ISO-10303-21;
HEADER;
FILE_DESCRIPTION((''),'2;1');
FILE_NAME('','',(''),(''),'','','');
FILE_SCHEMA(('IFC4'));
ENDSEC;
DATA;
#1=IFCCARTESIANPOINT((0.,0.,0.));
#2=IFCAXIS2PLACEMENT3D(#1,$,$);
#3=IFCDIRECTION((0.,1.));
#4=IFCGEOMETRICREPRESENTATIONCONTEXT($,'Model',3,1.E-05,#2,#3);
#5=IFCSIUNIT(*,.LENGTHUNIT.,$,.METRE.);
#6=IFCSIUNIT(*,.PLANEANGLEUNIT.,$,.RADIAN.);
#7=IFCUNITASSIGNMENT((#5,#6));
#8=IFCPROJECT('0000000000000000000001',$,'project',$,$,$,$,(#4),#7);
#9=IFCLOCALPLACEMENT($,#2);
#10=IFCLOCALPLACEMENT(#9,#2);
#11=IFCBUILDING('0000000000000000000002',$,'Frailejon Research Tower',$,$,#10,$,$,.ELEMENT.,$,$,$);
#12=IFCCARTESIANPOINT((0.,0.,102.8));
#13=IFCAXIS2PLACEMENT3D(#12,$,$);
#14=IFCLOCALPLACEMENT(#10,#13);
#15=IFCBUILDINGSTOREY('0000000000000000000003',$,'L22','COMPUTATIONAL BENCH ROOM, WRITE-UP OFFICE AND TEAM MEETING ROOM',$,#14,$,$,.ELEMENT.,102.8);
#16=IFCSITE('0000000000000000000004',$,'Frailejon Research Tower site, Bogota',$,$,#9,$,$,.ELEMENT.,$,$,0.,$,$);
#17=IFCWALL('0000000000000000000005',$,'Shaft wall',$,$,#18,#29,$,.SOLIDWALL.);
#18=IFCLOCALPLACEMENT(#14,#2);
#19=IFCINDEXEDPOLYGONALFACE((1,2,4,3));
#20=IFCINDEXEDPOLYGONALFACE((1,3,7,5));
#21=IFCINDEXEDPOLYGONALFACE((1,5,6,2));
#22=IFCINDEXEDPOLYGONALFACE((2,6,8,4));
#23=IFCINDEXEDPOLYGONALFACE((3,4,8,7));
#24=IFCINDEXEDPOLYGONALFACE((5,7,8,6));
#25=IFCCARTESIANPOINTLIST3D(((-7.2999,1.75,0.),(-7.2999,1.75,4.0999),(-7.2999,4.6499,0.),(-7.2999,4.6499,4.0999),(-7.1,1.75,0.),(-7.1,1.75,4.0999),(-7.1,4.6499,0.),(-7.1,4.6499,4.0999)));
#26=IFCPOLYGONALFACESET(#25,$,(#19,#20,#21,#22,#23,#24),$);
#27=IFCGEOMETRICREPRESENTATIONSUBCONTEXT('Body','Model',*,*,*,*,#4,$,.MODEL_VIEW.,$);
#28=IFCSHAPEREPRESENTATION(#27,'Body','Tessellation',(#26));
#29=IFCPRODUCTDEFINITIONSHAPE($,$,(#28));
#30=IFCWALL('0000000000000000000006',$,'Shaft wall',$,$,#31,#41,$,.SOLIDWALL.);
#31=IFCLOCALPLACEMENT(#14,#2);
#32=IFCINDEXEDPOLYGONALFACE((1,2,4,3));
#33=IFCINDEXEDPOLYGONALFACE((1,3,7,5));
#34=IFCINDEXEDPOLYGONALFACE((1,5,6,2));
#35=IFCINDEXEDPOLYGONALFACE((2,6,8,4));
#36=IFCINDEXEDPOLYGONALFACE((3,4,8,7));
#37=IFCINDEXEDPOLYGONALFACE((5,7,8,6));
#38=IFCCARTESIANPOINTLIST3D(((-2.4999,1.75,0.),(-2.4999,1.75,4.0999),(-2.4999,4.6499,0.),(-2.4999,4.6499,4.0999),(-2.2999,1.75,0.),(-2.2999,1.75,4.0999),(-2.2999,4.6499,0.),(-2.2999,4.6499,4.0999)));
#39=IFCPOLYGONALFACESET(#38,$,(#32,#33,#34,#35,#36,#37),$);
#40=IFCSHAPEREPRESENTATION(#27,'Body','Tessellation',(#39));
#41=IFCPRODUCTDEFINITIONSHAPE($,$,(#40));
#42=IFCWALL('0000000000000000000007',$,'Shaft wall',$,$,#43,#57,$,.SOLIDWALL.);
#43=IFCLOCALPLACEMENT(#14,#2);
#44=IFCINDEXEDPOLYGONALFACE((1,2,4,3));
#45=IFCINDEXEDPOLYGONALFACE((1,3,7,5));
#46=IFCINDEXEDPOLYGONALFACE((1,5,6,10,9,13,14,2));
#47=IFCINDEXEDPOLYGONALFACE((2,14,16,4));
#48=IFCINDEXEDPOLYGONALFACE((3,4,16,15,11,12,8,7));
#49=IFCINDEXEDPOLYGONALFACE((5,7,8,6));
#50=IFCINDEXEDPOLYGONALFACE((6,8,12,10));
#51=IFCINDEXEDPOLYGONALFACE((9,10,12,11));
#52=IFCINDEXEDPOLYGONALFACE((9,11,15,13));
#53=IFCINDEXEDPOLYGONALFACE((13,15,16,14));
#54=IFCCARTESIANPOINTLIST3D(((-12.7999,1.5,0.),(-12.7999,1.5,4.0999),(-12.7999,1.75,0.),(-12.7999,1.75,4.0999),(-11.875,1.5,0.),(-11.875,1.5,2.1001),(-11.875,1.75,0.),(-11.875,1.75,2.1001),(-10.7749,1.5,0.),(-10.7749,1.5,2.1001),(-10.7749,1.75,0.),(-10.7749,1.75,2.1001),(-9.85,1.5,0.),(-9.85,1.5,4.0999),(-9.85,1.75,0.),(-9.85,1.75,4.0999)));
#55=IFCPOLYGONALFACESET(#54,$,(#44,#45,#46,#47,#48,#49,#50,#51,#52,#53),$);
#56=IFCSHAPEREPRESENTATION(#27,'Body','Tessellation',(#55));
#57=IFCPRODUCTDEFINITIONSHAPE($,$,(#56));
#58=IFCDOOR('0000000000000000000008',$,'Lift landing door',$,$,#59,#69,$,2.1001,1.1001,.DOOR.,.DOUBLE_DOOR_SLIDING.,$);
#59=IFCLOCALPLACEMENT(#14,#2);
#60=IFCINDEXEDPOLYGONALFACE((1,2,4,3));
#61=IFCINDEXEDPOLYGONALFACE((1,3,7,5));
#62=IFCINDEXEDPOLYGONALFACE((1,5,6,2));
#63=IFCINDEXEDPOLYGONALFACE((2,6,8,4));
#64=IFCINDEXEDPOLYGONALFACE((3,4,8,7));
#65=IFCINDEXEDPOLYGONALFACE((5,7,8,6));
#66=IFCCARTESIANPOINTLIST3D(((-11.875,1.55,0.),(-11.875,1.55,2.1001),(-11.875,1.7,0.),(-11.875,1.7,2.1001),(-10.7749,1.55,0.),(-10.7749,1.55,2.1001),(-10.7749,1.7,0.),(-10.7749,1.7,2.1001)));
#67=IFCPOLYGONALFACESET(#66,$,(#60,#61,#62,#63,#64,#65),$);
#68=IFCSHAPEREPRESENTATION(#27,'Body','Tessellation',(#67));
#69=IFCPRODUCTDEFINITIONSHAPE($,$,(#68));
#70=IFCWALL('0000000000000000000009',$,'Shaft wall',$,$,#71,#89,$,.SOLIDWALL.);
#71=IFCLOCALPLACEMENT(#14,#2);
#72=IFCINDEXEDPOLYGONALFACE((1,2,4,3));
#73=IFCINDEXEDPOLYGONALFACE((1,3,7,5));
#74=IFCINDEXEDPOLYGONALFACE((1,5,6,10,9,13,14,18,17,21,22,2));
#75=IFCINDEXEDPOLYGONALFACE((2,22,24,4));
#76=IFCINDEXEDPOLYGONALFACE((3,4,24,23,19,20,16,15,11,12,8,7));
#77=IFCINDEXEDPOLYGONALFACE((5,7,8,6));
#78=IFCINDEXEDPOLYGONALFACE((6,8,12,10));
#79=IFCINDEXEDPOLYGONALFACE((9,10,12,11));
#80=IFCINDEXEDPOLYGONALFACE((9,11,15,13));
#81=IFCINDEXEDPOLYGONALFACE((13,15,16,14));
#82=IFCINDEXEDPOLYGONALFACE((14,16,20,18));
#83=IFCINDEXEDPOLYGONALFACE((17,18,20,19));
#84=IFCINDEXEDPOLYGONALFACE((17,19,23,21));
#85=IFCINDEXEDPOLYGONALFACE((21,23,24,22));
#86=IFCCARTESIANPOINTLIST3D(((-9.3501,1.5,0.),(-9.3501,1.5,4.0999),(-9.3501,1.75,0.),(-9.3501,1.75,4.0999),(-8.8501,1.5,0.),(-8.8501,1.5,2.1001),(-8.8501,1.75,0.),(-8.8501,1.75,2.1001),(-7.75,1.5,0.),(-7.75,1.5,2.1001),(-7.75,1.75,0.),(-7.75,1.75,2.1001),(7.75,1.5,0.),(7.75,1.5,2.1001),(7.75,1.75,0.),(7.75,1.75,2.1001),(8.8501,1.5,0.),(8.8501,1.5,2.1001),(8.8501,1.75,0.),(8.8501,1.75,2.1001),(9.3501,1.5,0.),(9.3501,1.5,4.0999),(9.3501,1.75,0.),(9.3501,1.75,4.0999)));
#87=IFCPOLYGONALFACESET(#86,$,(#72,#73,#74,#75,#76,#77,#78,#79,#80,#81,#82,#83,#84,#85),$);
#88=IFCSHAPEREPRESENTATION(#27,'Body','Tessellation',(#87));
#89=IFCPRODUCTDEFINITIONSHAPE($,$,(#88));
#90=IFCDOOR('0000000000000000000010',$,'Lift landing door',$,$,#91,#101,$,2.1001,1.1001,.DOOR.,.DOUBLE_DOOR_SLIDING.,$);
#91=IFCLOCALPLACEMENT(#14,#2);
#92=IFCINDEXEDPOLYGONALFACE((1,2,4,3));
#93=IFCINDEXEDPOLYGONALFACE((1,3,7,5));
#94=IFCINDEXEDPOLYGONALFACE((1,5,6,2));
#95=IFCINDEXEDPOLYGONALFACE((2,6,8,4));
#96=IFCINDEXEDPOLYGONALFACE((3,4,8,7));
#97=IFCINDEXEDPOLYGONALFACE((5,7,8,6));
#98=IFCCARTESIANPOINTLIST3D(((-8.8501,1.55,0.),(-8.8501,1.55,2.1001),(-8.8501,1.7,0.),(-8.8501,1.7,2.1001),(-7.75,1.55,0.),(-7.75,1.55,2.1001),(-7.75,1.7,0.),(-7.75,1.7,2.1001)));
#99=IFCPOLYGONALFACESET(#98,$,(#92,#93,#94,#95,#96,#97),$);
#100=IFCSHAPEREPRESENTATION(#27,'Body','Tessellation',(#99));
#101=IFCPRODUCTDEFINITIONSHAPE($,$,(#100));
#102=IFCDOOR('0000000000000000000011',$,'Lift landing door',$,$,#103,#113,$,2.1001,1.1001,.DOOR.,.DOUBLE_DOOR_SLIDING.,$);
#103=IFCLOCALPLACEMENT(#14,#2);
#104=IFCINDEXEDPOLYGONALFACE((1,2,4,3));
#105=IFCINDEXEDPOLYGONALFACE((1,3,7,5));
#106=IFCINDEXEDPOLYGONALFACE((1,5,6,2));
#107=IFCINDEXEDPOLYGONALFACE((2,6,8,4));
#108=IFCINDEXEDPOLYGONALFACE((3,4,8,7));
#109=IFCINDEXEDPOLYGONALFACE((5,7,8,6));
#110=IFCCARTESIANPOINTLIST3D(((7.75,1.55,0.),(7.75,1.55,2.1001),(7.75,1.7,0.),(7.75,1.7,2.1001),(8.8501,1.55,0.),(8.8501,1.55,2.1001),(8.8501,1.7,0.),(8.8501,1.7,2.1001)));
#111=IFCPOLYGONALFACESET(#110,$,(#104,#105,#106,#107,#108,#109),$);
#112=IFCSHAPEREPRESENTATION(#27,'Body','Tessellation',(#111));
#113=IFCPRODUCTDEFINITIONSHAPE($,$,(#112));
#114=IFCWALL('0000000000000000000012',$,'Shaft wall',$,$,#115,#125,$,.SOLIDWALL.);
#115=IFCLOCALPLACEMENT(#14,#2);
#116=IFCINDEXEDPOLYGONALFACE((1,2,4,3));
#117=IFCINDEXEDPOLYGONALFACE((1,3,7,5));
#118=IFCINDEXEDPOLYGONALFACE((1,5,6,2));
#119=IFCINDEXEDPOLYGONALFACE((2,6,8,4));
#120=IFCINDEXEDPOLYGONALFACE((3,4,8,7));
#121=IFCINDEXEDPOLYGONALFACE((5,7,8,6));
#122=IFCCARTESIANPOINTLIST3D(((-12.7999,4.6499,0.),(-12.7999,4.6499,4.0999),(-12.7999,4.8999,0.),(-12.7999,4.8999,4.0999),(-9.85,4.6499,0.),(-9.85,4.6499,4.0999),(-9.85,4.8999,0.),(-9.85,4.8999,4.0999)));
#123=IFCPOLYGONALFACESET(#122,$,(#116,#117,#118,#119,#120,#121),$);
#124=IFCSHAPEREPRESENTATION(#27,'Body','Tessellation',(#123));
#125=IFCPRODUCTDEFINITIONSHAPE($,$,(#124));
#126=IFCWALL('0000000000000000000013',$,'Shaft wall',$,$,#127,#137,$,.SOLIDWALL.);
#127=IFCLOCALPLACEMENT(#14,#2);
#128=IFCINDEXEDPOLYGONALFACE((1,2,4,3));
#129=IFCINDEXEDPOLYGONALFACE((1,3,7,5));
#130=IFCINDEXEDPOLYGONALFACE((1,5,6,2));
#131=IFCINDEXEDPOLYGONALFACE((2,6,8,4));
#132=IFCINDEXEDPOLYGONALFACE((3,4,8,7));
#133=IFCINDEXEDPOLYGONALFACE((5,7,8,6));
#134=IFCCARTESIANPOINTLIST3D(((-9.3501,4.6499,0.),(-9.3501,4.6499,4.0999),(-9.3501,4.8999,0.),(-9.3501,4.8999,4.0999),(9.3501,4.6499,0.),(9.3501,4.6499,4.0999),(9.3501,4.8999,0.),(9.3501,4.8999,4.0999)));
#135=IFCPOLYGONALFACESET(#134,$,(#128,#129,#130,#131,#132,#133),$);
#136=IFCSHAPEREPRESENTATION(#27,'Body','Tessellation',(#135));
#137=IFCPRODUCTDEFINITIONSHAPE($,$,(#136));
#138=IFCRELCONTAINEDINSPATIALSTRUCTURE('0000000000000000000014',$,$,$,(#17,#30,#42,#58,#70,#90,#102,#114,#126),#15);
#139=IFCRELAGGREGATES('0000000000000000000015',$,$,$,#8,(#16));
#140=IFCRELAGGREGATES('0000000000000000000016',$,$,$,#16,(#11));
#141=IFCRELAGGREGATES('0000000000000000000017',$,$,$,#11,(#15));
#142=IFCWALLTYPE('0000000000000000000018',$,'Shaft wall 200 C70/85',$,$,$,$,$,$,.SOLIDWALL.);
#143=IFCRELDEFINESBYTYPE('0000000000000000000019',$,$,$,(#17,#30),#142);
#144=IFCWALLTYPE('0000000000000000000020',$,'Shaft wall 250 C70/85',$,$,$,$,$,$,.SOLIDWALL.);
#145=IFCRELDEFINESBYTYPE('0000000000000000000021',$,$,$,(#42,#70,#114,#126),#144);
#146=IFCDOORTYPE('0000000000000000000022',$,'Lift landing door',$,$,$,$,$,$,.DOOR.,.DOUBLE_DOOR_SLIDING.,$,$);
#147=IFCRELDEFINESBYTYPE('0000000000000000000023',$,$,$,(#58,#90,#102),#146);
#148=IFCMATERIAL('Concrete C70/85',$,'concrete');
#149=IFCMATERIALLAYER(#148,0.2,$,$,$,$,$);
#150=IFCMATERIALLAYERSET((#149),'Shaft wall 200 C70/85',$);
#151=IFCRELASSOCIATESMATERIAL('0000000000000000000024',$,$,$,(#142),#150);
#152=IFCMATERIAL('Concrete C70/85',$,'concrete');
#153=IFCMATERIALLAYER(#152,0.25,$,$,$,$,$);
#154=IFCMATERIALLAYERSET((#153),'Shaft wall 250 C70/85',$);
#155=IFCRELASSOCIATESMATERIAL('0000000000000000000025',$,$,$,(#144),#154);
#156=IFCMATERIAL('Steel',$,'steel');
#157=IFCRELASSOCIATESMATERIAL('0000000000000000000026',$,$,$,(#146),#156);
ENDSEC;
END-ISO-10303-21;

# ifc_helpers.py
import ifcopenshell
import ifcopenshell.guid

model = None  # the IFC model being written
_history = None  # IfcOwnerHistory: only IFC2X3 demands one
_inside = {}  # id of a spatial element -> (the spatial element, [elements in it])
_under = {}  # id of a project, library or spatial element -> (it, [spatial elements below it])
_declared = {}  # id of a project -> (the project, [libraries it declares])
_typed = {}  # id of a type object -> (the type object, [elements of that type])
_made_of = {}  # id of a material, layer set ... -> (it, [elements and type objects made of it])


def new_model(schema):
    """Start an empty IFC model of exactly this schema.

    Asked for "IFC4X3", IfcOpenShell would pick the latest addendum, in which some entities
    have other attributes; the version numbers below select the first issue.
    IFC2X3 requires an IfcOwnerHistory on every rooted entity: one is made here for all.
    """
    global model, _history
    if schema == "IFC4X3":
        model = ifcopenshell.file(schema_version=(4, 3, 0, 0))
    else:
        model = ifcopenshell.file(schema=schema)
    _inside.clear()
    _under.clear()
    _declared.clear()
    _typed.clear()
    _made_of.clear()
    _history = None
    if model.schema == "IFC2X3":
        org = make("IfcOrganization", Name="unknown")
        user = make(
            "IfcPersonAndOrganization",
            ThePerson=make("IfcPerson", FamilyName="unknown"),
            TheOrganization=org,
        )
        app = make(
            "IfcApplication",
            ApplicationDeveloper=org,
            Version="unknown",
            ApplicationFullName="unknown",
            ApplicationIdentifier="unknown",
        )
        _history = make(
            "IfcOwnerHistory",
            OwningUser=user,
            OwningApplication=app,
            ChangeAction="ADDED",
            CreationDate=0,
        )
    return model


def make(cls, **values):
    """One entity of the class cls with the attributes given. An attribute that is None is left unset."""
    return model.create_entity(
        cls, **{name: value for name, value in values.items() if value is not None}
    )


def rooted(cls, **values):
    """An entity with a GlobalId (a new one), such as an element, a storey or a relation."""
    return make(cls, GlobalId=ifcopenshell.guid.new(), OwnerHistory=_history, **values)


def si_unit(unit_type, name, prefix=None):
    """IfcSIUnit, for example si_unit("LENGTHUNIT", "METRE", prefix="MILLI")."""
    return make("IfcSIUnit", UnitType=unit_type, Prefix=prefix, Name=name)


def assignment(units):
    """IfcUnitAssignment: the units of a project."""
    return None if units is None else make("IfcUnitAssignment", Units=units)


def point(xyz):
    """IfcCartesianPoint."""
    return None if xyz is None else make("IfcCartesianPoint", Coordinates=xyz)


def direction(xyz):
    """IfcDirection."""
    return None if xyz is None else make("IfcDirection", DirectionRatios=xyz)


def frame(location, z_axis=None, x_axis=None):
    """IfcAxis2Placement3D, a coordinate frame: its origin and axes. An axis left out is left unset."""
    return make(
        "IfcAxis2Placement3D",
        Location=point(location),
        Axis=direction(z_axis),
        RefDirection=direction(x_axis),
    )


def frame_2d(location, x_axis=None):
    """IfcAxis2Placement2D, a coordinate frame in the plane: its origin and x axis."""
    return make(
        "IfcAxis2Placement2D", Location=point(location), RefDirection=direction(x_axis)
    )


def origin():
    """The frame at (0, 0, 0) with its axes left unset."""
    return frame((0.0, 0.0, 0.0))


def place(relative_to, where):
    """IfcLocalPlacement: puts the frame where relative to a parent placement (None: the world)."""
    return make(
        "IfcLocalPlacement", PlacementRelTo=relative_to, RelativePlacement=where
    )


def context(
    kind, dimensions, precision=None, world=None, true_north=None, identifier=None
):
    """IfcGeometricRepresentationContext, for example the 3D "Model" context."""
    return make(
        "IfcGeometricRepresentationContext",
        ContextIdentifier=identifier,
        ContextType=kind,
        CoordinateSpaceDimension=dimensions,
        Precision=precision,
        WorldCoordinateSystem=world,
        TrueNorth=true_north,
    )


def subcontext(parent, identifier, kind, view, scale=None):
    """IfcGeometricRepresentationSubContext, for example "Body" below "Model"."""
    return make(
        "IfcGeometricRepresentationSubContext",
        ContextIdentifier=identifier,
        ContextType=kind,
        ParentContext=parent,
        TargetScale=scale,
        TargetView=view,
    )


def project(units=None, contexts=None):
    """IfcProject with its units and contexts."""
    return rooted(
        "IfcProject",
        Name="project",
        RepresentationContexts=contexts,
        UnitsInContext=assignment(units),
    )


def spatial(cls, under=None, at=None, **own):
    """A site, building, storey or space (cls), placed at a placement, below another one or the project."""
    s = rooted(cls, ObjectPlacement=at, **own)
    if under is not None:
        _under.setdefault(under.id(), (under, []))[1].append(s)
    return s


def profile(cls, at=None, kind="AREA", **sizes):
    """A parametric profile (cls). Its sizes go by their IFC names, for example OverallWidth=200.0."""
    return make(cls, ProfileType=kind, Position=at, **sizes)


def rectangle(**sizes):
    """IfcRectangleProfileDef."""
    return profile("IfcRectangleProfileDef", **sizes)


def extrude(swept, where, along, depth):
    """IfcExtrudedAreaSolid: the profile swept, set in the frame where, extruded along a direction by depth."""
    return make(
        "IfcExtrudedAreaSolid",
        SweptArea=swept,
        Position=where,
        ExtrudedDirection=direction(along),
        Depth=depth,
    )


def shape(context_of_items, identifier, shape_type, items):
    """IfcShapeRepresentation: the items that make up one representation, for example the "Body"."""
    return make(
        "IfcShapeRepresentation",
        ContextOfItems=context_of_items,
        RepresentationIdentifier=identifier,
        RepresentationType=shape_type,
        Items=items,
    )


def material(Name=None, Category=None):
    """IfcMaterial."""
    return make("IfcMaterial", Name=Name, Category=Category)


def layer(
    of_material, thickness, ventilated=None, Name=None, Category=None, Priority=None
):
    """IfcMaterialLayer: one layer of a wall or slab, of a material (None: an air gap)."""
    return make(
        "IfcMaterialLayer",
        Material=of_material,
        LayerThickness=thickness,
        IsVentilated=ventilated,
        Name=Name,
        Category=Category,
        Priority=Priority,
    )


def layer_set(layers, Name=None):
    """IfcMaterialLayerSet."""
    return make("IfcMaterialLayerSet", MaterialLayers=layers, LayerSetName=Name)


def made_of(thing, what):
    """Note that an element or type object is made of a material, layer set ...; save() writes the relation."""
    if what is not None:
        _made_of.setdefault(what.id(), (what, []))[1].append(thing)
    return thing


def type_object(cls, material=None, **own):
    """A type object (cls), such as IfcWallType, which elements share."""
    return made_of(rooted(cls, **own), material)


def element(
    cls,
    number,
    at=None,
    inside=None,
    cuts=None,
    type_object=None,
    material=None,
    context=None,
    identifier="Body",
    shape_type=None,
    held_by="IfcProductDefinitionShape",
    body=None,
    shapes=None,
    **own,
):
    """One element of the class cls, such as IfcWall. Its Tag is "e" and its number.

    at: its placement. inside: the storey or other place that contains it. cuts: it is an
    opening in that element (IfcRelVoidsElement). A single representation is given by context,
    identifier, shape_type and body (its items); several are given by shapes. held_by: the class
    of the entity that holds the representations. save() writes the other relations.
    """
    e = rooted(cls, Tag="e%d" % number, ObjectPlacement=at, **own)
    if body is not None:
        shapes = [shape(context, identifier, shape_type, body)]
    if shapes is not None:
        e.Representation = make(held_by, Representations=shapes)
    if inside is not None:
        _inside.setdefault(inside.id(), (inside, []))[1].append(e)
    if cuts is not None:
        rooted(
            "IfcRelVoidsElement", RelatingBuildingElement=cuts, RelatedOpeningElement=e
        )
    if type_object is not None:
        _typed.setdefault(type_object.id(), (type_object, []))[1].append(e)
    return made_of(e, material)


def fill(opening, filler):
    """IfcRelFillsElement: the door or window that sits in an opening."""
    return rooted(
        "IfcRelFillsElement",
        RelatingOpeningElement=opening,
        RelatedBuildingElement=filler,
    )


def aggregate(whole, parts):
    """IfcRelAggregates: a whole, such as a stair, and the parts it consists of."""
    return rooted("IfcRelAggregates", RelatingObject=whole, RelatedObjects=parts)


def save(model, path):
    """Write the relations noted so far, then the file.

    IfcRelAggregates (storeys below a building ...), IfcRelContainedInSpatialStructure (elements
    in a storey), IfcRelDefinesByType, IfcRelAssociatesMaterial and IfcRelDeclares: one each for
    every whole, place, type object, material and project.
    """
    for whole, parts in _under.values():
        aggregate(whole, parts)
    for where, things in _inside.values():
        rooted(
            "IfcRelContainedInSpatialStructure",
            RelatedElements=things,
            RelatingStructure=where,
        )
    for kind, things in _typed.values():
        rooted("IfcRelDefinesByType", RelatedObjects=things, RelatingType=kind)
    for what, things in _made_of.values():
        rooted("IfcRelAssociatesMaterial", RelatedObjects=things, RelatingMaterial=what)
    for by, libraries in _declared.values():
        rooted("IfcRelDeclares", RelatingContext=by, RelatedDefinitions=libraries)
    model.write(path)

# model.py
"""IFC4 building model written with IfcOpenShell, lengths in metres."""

from ifc_helpers import new_model, si_unit, direction, frame, frame_2d, origin, place, context, subcontext, project, spatial, rectangle, extrude, material, layer, layer_set, type_object, element, fill, save


model = new_model("IFC4")

# Units and contexts
model_context = context("Model", 3, precision=1e-05, world=origin(), true_north=direction((0.0, 1.0)))
body_context = subcontext(model_context, "Body", "Model", "MODEL_VIEW")
ifc_project = project(units=[si_unit("LENGTHUNIT", "METRE"), si_unit("PLANEANGLEUNIT", "RADIAN")], contexts=[model_context])

# Site, building, storey
site_placement = place(None, origin())
site = spatial("IfcSite", under=ifc_project, at=site_placement, Name="Frailejon Research Tower site, Bogota", CompositionType="ELEMENT", RefElevation=0.0)
building_placement = place(site_placement, origin())
building = spatial("IfcBuilding", under=site, at=building_placement, Name="Frailejon Research Tower", CompositionType="ELEMENT")
storey_placement = place(building_placement, frame((0.0, 0.0, 102.8)))
storey = spatial("IfcBuildingStorey", under=building, at=storey_placement, Name="L22", Description="COMPUTATIONAL BENCH ROOM, WRITE-UP OFFICE AND TEAM MEETING ROOM", CompositionType="ELEMENT", Elevation=102.8)

# Walls
ifc_material_1 = material(Name="Concrete C70/85", Category="concrete")
ifc_layer_1 = layer(ifc_material_1, 0.2)
ifc_layer_set_1 = layer_set([ifc_layer_1], Name="Shaft wall 200 C70/85")
wall_type_1 = type_object("IfcWallType", Name="Shaft wall 200 C70/85", PredefinedType="SOLIDWALL", material=ifc_layer_set_1)
for number, where, z_axis, x_axis, name in (
    (1, (-7.2, 1.75, 0.0), (0.0, 0.0, 1.0), (0.0, 1.0, 0.0), "Shaft wall"),
    (2, (-2.3999, 1.75, 0.0), (0.0, 0.0, 1.0), (0.0, 1.0, 0.0), "Shaft wall"),
):
    element("IfcWall", number, at=place(storey_placement, frame(where, z_axis=z_axis, x_axis=x_axis)), inside=storey, type_object=wall_type_1, Name=name, PredefinedType="SOLIDWALL", context=body_context, shape_type="SweptSolid", body=[
        extrude(rectangle(XDim=2.8999, YDim=0.2, at=frame_2d((1.45, 0.0))), origin(), (0.0, 0.0, 1.0), 4.0999),
    ])

# Wall, opening, door
ifc_material_2 = material(Name="Concrete C70/85", Category="concrete")
ifc_layer_2 = layer(ifc_material_2, 0.25)
ifc_layer_set_2 = layer_set([ifc_layer_2], Name="Shaft wall 250 C70/85")
wall_type_2 = type_object("IfcWallType", Name="Shaft wall 250 C70/85", PredefinedType="SOLIDWALL", material=ifc_layer_set_2)
wall_1_placement = place(storey_placement, frame((-12.8, 1.625, 0.0), z_axis=(0.0, 0.0, 1.0), x_axis=(1.0, 0.0, 0.0)))
wall_1 = element("IfcWall", 3, at=wall_1_placement, inside=storey, type_object=wall_type_2, Name="Shaft wall", PredefinedType="SOLIDWALL", context=body_context, shape_type="SweptSolid", body=[
    extrude(rectangle(XDim=2.95, YDim=0.25, at=frame_2d((1.4751, 0.0))), origin(), (0.0, 0.0, 1.0), 4.0999),
])
opening_1_placement = place(wall_1_placement, frame((0.925, 0.0, 0.0)))
opening_1 = element("IfcOpeningElement", 4, at=opening_1_placement, cuts=wall_1, PredefinedType="OPENING", context=body_context, shape_type="SweptSolid", body=[
    extrude(rectangle(XDim=1.1001, YDim=2.1001, at=frame_2d((0.55, 1.05))), frame((0.0, 0.135, 0.0), z_axis=(0.0, -1.0, 0.0), x_axis=(1.0, 0.0, 0.0)), (0.0, 0.0, 1.0), 0.27),
])
ifc_material_3 = material(Name="Steel", Category="steel")
door_type = type_object("IfcDoorType", Name="Lift landing door", OperationType="DOUBLE_DOOR_SLIDING", PredefinedType="DOOR", material=ifc_material_3)
door_1_placement = place(opening_1_placement, origin())
door_1 = element("IfcDoor", 5, at=door_1_placement, inside=storey, type_object=door_type, Name="Lift landing door", OperationType="DOUBLE_DOOR_SLIDING", OverallHeight=2.1001, OverallWidth=1.1001, PredefinedType="DOOR", context=body_context, shape_type="SweptSolid", body=[
    extrude(rectangle(XDim=1.1001, YDim=2.1001, at=frame_2d((0.55, 1.05))), frame((0.0, 0.075, 0.0), z_axis=(0.0, -1.0, 0.0), x_axis=(1.0, 0.0, 0.0)), (0.0, 0.0, 1.0), 0.1499),
])
fill(opening_1, door_1)

# Wall, openings, doors
wall_2_placement = place(storey_placement, frame((-9.3501, 1.625, 0.0), z_axis=(0.0, 0.0, 1.0), x_axis=(1.0, 0.0, 0.0)))
wall_2 = element("IfcWall", 6, at=wall_2_placement, inside=storey, type_object=wall_type_2, Name="Shaft wall", PredefinedType="SOLIDWALL", context=body_context, shape_type="SweptSolid", body=[
    extrude(rectangle(XDim=18.7002, YDim=0.25, at=frame_2d((9.3501, 0.0))), origin(), (0.0, 0.0, 1.0), 4.0999),
])
opening_2_placement = place(wall_2_placement, frame((0.5, 0.0, 0.0)))
opening_2 = element("IfcOpeningElement", 7, at=opening_2_placement, cuts=wall_2, PredefinedType="OPENING", context=body_context, shape_type="SweptSolid", body=[
    extrude(rectangle(XDim=1.1001, YDim=2.1001, at=frame_2d((0.55, 1.05))), frame((0.0, 0.135, 0.0), z_axis=(0.0, -1.0, 0.0), x_axis=(1.0, 0.0, 0.0)), (0.0, 0.0, 1.0), 0.27),
])
opening_3_placement = place(wall_2_placement, frame((17.1001, 0.0, 0.0)))
opening_3 = element("IfcOpeningElement", 8, at=opening_3_placement, cuts=wall_2, PredefinedType="OPENING", context=body_context, shape_type="SweptSolid", body=[
    extrude(rectangle(XDim=1.1001, YDim=2.1001, at=frame_2d((0.55, 1.05))), frame((0.0, 0.135, 0.0), z_axis=(0.0, -1.0, 0.0), x_axis=(1.0, 0.0, 0.0)), (0.0, 0.0, 1.0), 0.27),
])
door_2_placement = place(opening_2_placement, origin())
door_2 = element("IfcDoor", 9, at=door_2_placement, inside=storey, type_object=door_type, Name="Lift landing door", OperationType="DOUBLE_DOOR_SLIDING", OverallHeight=2.1001, OverallWidth=1.1001, PredefinedType="DOOR", context=body_context, shape_type="SweptSolid", body=[
    extrude(rectangle(XDim=1.1001, YDim=2.1001, at=frame_2d((0.55, 1.05))), frame((0.0, 0.075, 0.0), z_axis=(0.0, -1.0, 0.0), x_axis=(1.0, 0.0, 0.0)), (0.0, 0.0, 1.0), 0.1499),
])
fill(opening_2, door_2)
door_3_placement = place(opening_3_placement, origin())
door_3 = element("IfcDoor", 10, at=door_3_placement, inside=storey, type_object=door_type, Name="Lift landing door", OperationType="DOUBLE_DOOR_SLIDING", OverallHeight=2.1001, OverallWidth=1.1001, PredefinedType="DOOR", context=body_context, shape_type="SweptSolid", body=[
    extrude(rectangle(XDim=1.1001, YDim=2.1001, at=frame_2d((0.55, 1.05))), frame((0.0, 0.075, 0.0), z_axis=(0.0, -1.0, 0.0), x_axis=(1.0, 0.0, 0.0)), (0.0, 0.0, 1.0), 0.1499),
])
fill(opening_3, door_3)

# Walls
wall_3_placement = place(storey_placement, frame((-12.8, 4.7749, 0.0), z_axis=(0.0, 0.0, 1.0), x_axis=(1.0, 0.0, 0.0)))
element("IfcWall", 11, at=wall_3_placement, inside=storey, type_object=wall_type_2, Name="Shaft wall", PredefinedType="SOLIDWALL", context=body_context, shape_type="SweptSolid", body=[
    extrude(rectangle(XDim=2.95, YDim=0.25, at=frame_2d((1.4751, 0.0))), origin(), (0.0, 0.0, 1.0), 4.0999),
])
wall_4_placement = place(storey_placement, frame((-9.3501, 4.7749, 0.0), z_axis=(0.0, 0.0, 1.0), x_axis=(1.0, 0.0, 0.0)))
element("IfcWall", 12, at=wall_4_placement, inside=storey, type_object=wall_type_2, Name="Shaft wall", PredefinedType="SOLIDWALL", context=body_context, shape_type="SweptSolid", body=[
    extrude(rectangle(XDim=18.7002, YDim=0.25, at=frame_2d((9.3501, 0.0))), origin(), (0.0, 0.0, 1.0), 4.0999),
])

save(model, "model.ifc")
